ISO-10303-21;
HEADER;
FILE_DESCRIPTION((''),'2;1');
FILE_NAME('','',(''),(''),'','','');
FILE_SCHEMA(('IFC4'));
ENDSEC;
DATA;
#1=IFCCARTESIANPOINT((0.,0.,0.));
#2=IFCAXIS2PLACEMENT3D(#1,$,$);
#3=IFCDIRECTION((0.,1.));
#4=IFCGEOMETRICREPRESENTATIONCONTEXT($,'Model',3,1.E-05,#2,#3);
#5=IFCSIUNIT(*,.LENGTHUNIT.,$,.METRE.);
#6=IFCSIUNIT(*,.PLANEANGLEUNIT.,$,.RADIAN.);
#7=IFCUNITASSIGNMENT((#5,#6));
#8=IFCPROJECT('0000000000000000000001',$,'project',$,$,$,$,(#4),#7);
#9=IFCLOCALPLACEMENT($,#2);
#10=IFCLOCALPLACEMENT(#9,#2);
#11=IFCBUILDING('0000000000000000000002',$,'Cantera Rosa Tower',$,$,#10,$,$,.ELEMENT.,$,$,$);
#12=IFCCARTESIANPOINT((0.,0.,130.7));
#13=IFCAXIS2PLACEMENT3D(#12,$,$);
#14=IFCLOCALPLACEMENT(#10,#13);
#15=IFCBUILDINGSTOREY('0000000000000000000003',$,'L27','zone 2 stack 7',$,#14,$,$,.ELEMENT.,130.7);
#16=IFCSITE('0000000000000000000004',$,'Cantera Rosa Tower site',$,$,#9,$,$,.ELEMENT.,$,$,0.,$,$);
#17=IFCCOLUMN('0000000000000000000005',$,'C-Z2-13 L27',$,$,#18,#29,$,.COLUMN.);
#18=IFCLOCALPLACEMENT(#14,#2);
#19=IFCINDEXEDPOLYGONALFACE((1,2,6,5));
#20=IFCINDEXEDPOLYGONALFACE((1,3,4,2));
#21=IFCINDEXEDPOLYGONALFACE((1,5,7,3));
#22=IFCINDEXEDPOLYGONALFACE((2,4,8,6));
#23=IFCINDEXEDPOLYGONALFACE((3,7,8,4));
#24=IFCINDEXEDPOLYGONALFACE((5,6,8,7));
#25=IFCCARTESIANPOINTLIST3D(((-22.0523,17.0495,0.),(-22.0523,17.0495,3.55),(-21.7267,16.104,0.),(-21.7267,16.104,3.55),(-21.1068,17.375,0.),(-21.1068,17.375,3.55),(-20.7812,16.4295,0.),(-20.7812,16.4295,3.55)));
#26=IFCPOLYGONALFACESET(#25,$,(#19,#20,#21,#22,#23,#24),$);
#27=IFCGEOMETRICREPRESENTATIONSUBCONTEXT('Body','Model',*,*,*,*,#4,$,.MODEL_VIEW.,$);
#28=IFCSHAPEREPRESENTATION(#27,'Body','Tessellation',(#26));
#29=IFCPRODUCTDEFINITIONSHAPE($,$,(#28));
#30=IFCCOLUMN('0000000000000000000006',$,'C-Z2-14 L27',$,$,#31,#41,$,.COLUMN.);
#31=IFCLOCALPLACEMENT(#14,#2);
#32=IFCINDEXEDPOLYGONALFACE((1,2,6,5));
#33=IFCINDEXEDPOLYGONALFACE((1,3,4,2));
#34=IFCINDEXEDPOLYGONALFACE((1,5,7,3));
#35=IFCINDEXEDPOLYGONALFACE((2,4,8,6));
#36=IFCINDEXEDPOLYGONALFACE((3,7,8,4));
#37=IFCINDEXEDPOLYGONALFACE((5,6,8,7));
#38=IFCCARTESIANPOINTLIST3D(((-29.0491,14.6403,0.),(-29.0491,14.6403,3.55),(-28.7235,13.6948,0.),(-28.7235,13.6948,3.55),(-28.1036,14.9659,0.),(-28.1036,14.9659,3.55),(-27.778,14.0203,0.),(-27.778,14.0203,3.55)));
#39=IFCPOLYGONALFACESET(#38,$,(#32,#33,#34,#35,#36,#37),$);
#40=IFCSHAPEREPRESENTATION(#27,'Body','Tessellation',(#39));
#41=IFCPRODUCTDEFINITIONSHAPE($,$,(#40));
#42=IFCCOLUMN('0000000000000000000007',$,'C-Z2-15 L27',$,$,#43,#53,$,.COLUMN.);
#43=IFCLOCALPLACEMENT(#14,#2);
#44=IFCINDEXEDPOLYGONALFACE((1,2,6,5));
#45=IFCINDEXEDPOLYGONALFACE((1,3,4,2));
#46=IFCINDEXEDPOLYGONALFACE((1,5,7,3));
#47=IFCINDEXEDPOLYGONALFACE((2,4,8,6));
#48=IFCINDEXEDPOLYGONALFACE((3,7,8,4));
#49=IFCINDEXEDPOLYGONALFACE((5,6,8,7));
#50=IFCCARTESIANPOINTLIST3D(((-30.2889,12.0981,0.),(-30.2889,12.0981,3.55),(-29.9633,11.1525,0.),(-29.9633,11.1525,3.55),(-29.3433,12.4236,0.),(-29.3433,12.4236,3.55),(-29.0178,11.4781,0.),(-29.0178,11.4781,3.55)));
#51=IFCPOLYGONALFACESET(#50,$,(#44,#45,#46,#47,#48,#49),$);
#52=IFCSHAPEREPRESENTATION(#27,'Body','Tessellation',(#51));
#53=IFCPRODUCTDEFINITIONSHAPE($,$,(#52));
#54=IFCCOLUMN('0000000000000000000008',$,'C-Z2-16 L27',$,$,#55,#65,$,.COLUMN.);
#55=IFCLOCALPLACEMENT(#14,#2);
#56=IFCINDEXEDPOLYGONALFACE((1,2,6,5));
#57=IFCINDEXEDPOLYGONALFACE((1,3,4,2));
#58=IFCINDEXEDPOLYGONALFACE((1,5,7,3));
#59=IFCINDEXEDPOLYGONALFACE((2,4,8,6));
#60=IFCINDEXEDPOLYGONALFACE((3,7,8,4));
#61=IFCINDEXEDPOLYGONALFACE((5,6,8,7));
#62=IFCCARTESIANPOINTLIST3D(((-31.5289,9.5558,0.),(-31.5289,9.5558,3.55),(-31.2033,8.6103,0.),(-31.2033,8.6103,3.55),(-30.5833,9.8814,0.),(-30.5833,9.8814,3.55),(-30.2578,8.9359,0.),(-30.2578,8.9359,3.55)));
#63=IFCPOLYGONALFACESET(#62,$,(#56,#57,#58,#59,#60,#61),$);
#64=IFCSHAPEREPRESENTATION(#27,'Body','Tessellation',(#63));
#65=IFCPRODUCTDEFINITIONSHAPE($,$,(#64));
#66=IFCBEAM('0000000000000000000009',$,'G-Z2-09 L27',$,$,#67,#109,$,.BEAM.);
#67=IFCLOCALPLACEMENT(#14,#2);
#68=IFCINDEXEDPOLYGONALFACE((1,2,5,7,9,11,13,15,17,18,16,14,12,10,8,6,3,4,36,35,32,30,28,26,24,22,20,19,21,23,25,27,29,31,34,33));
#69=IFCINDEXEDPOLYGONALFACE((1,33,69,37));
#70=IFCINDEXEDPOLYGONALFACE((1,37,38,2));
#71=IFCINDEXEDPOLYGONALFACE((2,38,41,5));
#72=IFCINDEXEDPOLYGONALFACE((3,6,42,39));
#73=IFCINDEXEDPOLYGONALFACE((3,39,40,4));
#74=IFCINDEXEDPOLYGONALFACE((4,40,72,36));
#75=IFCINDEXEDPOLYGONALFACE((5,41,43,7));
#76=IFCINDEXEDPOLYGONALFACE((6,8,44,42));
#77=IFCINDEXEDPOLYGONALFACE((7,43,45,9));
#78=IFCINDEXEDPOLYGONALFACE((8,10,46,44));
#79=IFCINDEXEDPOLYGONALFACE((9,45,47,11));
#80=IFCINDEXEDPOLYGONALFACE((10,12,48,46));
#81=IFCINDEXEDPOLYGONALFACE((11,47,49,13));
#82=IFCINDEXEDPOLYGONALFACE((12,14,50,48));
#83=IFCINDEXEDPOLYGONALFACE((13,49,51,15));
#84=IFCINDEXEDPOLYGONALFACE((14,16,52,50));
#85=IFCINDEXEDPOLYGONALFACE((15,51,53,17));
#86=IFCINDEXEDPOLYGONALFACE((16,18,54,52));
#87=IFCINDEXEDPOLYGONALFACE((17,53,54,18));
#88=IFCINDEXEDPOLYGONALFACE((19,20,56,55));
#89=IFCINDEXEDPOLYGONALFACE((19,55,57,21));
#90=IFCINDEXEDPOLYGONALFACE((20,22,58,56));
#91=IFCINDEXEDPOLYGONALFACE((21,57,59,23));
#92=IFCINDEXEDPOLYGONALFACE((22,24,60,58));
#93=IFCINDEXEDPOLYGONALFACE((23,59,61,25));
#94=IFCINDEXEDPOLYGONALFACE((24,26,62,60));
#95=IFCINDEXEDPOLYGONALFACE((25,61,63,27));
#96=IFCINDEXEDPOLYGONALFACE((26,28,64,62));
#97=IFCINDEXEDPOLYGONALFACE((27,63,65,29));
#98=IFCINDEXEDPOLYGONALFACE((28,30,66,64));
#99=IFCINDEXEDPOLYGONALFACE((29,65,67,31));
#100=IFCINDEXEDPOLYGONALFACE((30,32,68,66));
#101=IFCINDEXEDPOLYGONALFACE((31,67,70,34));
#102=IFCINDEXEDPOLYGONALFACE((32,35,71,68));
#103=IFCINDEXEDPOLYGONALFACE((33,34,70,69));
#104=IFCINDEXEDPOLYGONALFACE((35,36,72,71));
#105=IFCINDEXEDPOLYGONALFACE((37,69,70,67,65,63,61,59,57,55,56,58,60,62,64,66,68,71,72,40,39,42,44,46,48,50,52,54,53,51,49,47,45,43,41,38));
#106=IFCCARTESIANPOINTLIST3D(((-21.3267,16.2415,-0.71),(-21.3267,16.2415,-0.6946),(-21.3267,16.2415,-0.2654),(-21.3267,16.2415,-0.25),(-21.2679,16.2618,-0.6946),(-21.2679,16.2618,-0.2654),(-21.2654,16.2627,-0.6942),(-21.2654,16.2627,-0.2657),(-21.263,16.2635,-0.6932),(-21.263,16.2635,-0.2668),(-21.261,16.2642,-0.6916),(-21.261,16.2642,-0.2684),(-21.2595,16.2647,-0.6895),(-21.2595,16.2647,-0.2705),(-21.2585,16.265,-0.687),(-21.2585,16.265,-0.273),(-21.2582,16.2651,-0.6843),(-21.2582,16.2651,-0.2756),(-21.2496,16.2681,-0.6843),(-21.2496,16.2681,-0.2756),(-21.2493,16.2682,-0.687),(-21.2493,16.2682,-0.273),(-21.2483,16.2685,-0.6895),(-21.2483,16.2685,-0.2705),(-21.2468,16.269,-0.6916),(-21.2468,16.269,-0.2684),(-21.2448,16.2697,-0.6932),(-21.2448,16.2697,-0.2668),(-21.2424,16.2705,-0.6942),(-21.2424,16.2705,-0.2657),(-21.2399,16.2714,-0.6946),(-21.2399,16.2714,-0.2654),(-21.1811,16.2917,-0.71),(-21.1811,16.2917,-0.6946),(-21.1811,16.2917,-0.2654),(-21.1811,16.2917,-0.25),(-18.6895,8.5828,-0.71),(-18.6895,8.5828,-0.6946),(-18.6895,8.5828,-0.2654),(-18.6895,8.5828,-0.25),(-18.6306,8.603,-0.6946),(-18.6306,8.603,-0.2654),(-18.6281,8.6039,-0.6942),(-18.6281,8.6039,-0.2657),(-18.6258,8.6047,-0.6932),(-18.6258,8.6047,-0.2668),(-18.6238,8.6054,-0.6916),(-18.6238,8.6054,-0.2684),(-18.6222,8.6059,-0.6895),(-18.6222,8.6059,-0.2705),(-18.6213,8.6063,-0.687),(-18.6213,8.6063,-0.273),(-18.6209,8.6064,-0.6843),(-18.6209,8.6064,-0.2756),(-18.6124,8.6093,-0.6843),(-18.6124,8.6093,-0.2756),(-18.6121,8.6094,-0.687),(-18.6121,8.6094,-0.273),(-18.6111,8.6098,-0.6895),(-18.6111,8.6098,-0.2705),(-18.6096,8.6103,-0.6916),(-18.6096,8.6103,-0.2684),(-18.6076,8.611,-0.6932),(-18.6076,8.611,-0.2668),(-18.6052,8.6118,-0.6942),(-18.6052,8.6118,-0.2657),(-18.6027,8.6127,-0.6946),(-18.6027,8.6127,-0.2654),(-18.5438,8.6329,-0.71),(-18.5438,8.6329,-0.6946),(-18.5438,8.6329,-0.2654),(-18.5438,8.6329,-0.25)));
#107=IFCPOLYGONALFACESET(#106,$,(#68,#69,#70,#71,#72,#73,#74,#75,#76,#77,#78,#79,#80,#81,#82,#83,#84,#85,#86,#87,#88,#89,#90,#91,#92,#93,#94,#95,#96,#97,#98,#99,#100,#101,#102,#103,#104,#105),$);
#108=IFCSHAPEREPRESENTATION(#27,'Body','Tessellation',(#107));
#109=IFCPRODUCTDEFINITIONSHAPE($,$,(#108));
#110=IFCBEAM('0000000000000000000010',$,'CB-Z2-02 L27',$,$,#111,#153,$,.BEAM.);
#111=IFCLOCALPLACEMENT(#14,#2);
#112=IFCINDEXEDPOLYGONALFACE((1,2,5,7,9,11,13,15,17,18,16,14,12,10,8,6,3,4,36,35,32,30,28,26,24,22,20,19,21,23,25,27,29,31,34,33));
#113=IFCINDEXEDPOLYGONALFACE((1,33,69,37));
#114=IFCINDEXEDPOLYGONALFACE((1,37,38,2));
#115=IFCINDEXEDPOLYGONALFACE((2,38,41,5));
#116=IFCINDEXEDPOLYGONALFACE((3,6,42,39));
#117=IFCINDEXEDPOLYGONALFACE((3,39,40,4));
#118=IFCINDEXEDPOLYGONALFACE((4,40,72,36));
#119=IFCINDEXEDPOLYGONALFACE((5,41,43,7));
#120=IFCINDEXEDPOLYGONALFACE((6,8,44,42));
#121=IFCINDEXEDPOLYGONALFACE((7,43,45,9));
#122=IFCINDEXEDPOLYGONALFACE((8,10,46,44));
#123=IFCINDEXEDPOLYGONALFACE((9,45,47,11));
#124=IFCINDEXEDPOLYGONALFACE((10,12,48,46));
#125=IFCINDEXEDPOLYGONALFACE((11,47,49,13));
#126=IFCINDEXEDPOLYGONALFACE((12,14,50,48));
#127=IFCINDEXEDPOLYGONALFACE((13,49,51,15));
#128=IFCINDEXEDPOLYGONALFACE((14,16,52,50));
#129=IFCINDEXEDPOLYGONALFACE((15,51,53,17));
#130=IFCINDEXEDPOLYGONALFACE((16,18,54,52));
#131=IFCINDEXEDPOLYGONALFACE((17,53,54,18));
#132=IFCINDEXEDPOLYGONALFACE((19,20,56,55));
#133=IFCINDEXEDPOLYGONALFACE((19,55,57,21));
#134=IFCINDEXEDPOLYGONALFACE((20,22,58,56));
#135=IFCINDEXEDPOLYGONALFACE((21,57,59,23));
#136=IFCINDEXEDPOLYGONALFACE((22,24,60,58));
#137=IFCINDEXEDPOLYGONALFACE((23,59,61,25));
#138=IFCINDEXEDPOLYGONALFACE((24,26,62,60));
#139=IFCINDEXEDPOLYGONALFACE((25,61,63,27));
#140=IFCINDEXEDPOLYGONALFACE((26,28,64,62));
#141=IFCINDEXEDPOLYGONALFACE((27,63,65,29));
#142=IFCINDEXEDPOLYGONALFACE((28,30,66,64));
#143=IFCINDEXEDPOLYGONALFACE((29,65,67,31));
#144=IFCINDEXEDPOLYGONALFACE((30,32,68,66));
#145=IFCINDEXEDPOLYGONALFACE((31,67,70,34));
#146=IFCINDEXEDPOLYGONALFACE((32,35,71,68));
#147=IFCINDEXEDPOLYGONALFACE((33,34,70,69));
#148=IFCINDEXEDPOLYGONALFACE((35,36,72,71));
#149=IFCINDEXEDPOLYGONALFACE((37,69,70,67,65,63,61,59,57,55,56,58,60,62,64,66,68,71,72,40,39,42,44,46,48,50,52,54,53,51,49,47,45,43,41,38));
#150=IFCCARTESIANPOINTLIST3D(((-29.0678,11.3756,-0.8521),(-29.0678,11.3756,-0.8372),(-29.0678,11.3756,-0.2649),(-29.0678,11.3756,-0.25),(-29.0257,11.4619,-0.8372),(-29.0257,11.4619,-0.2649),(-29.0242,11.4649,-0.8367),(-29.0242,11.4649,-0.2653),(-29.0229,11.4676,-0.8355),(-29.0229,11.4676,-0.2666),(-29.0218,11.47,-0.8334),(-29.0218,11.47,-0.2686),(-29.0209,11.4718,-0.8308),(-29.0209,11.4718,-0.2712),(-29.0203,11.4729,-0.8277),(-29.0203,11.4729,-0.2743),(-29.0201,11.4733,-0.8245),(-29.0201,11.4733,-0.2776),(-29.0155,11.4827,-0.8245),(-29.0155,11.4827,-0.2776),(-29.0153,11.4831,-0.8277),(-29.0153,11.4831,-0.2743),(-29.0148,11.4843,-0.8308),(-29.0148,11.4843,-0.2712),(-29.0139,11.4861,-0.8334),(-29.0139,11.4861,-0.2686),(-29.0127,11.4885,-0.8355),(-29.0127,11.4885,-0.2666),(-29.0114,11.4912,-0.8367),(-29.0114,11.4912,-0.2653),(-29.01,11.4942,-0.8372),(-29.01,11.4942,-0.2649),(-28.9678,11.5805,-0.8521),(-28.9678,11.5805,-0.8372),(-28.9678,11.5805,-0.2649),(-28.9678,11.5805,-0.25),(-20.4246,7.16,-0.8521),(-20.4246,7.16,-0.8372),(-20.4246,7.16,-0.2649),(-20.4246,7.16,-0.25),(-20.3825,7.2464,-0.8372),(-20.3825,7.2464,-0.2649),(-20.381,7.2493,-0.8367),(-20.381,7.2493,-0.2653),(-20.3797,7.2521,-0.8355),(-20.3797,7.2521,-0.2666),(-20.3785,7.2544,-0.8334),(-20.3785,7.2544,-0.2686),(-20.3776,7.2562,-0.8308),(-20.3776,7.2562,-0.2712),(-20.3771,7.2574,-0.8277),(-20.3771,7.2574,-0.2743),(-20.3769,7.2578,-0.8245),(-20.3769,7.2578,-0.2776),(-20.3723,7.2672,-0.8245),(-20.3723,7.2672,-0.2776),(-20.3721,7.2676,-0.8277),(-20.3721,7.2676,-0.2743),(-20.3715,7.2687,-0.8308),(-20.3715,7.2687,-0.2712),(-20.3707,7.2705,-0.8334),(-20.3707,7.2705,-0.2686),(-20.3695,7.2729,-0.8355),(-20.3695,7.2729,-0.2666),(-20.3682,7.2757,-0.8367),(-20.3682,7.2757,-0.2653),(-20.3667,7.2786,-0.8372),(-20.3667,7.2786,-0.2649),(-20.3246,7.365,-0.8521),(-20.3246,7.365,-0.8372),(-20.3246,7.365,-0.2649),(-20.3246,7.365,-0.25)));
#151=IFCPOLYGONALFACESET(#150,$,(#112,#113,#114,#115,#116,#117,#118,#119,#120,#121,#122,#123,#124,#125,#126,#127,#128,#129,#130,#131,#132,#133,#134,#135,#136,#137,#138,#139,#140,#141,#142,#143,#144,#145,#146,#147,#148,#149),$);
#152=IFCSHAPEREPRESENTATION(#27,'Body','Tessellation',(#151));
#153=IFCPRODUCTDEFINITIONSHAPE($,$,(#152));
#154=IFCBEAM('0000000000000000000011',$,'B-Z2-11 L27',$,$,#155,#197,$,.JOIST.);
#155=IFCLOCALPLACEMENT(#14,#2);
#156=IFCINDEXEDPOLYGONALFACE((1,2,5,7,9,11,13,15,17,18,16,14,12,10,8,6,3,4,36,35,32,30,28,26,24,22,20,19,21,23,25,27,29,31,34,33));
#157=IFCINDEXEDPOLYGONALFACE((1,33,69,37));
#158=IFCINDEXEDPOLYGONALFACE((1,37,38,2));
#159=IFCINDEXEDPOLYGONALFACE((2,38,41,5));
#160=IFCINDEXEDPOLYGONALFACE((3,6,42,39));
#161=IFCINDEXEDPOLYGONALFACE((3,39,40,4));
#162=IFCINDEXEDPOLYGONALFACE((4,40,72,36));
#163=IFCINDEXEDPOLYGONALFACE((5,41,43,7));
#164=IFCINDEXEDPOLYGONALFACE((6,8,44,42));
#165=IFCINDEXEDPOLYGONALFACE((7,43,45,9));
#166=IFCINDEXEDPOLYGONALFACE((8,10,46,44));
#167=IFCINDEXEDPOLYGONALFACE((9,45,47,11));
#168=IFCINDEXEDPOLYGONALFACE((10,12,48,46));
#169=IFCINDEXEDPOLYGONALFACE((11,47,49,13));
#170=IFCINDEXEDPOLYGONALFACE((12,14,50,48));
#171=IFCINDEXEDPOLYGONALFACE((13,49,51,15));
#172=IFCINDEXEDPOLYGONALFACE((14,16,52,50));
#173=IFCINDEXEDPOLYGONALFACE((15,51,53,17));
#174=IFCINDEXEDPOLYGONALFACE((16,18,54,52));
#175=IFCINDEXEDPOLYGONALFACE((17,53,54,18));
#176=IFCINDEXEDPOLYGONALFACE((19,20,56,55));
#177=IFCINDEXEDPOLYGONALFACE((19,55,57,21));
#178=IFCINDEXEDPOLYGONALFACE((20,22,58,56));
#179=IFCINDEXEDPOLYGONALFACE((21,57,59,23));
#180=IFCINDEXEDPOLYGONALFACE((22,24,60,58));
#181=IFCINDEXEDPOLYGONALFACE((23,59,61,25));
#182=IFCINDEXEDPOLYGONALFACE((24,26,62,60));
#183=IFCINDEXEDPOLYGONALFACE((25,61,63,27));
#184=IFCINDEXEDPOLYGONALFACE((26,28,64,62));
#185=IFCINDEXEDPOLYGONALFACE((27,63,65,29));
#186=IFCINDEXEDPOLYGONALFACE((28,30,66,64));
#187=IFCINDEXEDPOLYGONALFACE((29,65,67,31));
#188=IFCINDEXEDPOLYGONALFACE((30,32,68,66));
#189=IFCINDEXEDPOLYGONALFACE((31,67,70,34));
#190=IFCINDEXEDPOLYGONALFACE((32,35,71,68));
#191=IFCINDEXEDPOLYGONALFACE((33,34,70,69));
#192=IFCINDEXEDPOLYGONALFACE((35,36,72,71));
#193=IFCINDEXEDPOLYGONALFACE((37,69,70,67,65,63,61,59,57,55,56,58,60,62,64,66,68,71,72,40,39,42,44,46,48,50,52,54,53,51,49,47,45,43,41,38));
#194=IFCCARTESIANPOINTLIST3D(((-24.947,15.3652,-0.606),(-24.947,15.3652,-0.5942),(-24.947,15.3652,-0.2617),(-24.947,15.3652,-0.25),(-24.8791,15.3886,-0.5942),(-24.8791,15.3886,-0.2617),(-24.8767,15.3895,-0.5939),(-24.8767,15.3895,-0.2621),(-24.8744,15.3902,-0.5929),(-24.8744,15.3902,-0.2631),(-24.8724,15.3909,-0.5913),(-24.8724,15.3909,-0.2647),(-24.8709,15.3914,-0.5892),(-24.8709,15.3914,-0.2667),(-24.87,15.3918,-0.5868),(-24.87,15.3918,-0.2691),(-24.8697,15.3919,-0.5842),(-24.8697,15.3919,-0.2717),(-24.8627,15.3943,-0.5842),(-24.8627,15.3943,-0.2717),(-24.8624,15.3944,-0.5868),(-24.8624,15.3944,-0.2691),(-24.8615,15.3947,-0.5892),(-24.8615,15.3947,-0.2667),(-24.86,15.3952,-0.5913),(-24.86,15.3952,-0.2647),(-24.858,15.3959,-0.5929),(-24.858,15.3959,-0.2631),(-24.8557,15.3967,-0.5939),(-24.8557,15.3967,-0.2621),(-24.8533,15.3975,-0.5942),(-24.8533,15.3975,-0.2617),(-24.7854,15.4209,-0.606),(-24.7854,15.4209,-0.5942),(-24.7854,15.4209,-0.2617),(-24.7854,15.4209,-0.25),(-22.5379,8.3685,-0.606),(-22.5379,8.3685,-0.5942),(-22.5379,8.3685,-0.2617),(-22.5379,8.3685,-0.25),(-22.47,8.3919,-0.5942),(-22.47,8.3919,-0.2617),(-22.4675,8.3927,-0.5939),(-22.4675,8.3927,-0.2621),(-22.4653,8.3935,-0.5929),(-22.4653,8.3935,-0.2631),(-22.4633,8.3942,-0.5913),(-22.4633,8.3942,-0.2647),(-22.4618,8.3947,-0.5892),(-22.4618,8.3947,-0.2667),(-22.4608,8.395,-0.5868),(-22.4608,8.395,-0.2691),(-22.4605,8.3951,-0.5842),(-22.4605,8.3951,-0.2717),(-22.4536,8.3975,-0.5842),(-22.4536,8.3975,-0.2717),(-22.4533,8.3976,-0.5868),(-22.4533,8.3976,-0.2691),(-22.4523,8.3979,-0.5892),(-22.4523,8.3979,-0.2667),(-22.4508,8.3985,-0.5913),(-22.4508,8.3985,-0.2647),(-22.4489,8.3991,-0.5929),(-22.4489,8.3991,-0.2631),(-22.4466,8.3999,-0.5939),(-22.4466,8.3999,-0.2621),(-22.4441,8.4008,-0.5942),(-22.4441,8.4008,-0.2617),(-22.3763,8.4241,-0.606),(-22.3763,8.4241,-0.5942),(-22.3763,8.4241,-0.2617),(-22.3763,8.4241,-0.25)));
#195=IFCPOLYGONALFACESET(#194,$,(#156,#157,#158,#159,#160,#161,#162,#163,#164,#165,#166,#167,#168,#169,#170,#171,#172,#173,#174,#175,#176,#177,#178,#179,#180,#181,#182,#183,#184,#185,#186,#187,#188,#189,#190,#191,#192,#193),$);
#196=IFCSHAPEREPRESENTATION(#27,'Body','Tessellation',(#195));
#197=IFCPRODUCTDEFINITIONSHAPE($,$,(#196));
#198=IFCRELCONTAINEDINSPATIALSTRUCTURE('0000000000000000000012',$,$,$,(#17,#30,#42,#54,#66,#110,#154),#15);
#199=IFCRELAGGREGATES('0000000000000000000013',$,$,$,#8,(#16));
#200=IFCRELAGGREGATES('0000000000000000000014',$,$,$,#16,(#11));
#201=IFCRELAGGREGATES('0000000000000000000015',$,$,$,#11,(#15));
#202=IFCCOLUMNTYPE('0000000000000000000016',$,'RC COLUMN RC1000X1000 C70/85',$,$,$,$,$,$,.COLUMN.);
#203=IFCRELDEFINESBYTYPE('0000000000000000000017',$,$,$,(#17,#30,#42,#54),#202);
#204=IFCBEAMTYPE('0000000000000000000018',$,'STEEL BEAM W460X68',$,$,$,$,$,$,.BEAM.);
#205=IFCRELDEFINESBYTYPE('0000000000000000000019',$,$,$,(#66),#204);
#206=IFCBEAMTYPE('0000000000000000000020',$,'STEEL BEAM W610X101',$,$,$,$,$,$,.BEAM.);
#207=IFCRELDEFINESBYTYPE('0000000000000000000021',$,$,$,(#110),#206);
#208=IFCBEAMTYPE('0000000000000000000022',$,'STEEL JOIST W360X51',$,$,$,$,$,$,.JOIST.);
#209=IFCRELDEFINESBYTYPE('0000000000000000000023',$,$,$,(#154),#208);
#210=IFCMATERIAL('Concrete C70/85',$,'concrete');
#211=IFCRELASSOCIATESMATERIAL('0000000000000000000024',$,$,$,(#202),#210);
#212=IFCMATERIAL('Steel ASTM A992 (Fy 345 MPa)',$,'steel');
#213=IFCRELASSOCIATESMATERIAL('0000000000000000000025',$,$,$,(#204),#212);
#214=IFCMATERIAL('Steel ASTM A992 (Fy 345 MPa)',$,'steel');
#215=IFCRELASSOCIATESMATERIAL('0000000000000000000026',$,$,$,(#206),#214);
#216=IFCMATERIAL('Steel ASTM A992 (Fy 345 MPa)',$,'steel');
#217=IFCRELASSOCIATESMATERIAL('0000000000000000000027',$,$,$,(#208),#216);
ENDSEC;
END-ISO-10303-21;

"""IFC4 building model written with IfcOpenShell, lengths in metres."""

from ifc_helpers import new_model, si_unit, direction, frame, origin, origin_2d, place, context, subcontext, project, spatial, rectangle, i_section, extrude, material, material_profile, profile_set, type_object, element, save


model = new_model("IFC4")

# Units and contexts
model_context = context("Model", 3, precision=1e-05, world=origin(), true_north=direction((0.0, 1.0)))
body_context = subcontext(model_context, "Body", "Model", "MODEL_VIEW")
ifc_project = project(units=[si_unit("LENGTHUNIT", "METRE"), si_unit("PLANEANGLEUNIT", "RADIAN")], contexts=[model_context])

# Site, building, storey
site_placement = place(None, origin())
site = spatial("IfcSite", under=ifc_project, at=site_placement, Name="Cantera Rosa Tower site", CompositionType="ELEMENT", RefElevation=0.0)
building_placement = place(site_placement, origin())
building = spatial("IfcBuilding", under=site, at=building_placement, Name="Cantera Rosa Tower", CompositionType="ELEMENT")
storey_placement = place(building_placement, frame((0.0, 0.0, 130.7)))
storey = spatial("IfcBuildingStorey", under=building, at=storey_placement, Name="L27", Description="zone 2 stack 7", CompositionType="ELEMENT", Elevation=130.7)

# Columns
ifc_material_1 = material(Name="Concrete C70/85", Category="concrete")
ifc_material_profile_1 = material_profile(ifc_material_1, rectangle(XDim=1.0, YDim=1.0, at=origin_2d()), Name="RC COLUMN RC1000X1000 C70/85")
ifc_profile_set_1 = profile_set([ifc_material_profile_1], Name="Concrete C70/85")
column_type = type_object("IfcColumnType", Name="RC COLUMN RC1000X1000 C70/85", PredefinedType="COLUMN", material=ifc_profile_set_1)
for number, where, z_axis, x_axis, name in (
    (1, (-21.4167, 16.7395, 0.0), (0.0, 0.0, 1.0), (0.945519, 0.325568, 0.0), "C-Z2-13 L27"),
    (2, (-28.4136, 14.3303, 0.0), (0.0, 0.0, 1.0), (0.945519, 0.325568, 0.0), "C-Z2-14 L27"),
    (3, (-29.6533, 11.7881, 0.0), (0.0, 0.0, 1.0), (0.945519, 0.325568, 0.0), "C-Z2-15 L27"),
    (4, (-30.8933, 9.2458, 0.0), (0.0, 0.0, 1.0), (0.945519, 0.325568, 0.0), "C-Z2-16 L27"),
):
    element("IfcColumn", number, at=place(storey_placement, frame(where, z_axis=z_axis, x_axis=x_axis)), inside=storey, type_object=column_type, Name=name, PredefinedType="COLUMN", context=body_context, shape_type="SweptSolid", body=[
        extrude(rectangle(XDim=1.0, YDim=1.0, at=origin_2d()), origin(), (0.0, 0.0, 1.0), 3.55),
    ])

# Beams
ifc_material_2 = material(Name="Steel ASTM A992 (Fy 345 MPa)", Category="steel")
ifc_material_profile_2 = material_profile(ifc_material_2, i_section(OverallWidth=0.1541, OverallDepth=0.46, WebThickness=0.009, FlangeThickness=0.0154, FilletRadius=0.0103, at=origin_2d()), Name="W460X68")
ifc_profile_set_2 = profile_set([ifc_material_profile_2], Name="Steel ASTM A992 (Fy 345 MPa)")
beam_type_1 = type_object("IfcBeamType", Name="STEEL BEAM W460X68", PredefinedType="BEAM", material=ifc_profile_set_2)
beam_1_placement = place(storey_placement, frame((-21.2539, 16.2666, -0.48), z_axis=(0.32558, -0.945514, 0.0), x_axis=(0.945514, 0.32558, 0.0)))
element("IfcBeam", 5, at=beam_1_placement, inside=storey, type_object=beam_type_1, Name="G-Z2-09 L27", PredefinedType="BEAM", context=body_context, shape_type="SweptSolid", body=[
    extrude(i_section(OverallWidth=0.1541, OverallDepth=0.46, WebThickness=0.009, FlangeThickness=0.0154, FilletRadius=0.0103, at=origin_2d()), origin(), (0.0, 0.0, 1.0), 8.1001),
])
ifc_material_3 = material(Name="Steel ASTM A992 (Fy 345 MPa)", Category="steel")
ifc_material_profile_3 = material_profile(ifc_material_3, i_section(OverallWidth=0.228, OverallDepth=0.6021, WebThickness=0.0105, FlangeThickness=0.0149, FilletRadius=0.0127, at=origin_2d()), Name="W610X101")
ifc_profile_set_3 = profile_set([ifc_material_profile_3], Name="Steel ASTM A992 (Fy 345 MPa)")
beam_type_2 = type_object("IfcBeamType", Name="STEEL BEAM W610X101", PredefinedType="BEAM", material=ifc_profile_set_3)
beam_2_placement = place(storey_placement, frame((-29.0178, 11.478, -0.551), z_axis=(0.898796, -0.438367, 0.0), x_axis=(0.438367, 0.898796, 0.0)))
element("IfcBeam", 6, at=beam_2_placement, inside=storey, type_object=beam_type_2, Name="CB-Z2-02 L27", PredefinedType="BEAM", context=body_context, shape_type="SweptSolid", body=[
    extrude(i_section(OverallWidth=0.228, OverallDepth=0.6021, WebThickness=0.0105, FlangeThickness=0.0149, FilletRadius=0.0127, at=origin_2d()), origin(), (0.0, 0.0, 1.0), 9.6165),
])
ifc_material_4 = material(Name="Steel ASTM A992 (Fy 345 MPa)", Category="steel")
ifc_material_profile_4 = material_profile(ifc_material_4, i_section(OverallWidth=0.1709, OverallDepth=0.356, WebThickness=0.0073, FlangeThickness=0.0117, FilletRadius=0.01, at=origin_2d()), Name="W360X51")
ifc_profile_set_4 = profile_set([ifc_material_profile_4], Name="Steel ASTM A992 (Fy 345 MPa)")
beam_type_3 = type_object("IfcBeamType", Name="STEEL JOIST W360X51", PredefinedType="JOIST", material=ifc_profile_set_4)
beam_3_placement = place(storey_placement, frame((-24.8662, 15.3931, -0.428), z_axis=(0.325566, -0.945519, 0.0), x_axis=(0.945519, 0.325566, 0.0)))
element("IfcBeam", 7, at=beam_3_placement, inside=storey, type_object=beam_type_3, Name="B-Z2-11 L27", PredefinedType="JOIST", context=body_context, shape_type="SweptSolid", body=[
    extrude(i_section(OverallWidth=0.1709, OverallDepth=0.356, WebThickness=0.0073, FlangeThickness=0.0117, FilletRadius=0.01, at=origin_2d()), origin(), (0.0, 0.0, 1.0), 7.3999),
])

save(model, "model.ifc")
